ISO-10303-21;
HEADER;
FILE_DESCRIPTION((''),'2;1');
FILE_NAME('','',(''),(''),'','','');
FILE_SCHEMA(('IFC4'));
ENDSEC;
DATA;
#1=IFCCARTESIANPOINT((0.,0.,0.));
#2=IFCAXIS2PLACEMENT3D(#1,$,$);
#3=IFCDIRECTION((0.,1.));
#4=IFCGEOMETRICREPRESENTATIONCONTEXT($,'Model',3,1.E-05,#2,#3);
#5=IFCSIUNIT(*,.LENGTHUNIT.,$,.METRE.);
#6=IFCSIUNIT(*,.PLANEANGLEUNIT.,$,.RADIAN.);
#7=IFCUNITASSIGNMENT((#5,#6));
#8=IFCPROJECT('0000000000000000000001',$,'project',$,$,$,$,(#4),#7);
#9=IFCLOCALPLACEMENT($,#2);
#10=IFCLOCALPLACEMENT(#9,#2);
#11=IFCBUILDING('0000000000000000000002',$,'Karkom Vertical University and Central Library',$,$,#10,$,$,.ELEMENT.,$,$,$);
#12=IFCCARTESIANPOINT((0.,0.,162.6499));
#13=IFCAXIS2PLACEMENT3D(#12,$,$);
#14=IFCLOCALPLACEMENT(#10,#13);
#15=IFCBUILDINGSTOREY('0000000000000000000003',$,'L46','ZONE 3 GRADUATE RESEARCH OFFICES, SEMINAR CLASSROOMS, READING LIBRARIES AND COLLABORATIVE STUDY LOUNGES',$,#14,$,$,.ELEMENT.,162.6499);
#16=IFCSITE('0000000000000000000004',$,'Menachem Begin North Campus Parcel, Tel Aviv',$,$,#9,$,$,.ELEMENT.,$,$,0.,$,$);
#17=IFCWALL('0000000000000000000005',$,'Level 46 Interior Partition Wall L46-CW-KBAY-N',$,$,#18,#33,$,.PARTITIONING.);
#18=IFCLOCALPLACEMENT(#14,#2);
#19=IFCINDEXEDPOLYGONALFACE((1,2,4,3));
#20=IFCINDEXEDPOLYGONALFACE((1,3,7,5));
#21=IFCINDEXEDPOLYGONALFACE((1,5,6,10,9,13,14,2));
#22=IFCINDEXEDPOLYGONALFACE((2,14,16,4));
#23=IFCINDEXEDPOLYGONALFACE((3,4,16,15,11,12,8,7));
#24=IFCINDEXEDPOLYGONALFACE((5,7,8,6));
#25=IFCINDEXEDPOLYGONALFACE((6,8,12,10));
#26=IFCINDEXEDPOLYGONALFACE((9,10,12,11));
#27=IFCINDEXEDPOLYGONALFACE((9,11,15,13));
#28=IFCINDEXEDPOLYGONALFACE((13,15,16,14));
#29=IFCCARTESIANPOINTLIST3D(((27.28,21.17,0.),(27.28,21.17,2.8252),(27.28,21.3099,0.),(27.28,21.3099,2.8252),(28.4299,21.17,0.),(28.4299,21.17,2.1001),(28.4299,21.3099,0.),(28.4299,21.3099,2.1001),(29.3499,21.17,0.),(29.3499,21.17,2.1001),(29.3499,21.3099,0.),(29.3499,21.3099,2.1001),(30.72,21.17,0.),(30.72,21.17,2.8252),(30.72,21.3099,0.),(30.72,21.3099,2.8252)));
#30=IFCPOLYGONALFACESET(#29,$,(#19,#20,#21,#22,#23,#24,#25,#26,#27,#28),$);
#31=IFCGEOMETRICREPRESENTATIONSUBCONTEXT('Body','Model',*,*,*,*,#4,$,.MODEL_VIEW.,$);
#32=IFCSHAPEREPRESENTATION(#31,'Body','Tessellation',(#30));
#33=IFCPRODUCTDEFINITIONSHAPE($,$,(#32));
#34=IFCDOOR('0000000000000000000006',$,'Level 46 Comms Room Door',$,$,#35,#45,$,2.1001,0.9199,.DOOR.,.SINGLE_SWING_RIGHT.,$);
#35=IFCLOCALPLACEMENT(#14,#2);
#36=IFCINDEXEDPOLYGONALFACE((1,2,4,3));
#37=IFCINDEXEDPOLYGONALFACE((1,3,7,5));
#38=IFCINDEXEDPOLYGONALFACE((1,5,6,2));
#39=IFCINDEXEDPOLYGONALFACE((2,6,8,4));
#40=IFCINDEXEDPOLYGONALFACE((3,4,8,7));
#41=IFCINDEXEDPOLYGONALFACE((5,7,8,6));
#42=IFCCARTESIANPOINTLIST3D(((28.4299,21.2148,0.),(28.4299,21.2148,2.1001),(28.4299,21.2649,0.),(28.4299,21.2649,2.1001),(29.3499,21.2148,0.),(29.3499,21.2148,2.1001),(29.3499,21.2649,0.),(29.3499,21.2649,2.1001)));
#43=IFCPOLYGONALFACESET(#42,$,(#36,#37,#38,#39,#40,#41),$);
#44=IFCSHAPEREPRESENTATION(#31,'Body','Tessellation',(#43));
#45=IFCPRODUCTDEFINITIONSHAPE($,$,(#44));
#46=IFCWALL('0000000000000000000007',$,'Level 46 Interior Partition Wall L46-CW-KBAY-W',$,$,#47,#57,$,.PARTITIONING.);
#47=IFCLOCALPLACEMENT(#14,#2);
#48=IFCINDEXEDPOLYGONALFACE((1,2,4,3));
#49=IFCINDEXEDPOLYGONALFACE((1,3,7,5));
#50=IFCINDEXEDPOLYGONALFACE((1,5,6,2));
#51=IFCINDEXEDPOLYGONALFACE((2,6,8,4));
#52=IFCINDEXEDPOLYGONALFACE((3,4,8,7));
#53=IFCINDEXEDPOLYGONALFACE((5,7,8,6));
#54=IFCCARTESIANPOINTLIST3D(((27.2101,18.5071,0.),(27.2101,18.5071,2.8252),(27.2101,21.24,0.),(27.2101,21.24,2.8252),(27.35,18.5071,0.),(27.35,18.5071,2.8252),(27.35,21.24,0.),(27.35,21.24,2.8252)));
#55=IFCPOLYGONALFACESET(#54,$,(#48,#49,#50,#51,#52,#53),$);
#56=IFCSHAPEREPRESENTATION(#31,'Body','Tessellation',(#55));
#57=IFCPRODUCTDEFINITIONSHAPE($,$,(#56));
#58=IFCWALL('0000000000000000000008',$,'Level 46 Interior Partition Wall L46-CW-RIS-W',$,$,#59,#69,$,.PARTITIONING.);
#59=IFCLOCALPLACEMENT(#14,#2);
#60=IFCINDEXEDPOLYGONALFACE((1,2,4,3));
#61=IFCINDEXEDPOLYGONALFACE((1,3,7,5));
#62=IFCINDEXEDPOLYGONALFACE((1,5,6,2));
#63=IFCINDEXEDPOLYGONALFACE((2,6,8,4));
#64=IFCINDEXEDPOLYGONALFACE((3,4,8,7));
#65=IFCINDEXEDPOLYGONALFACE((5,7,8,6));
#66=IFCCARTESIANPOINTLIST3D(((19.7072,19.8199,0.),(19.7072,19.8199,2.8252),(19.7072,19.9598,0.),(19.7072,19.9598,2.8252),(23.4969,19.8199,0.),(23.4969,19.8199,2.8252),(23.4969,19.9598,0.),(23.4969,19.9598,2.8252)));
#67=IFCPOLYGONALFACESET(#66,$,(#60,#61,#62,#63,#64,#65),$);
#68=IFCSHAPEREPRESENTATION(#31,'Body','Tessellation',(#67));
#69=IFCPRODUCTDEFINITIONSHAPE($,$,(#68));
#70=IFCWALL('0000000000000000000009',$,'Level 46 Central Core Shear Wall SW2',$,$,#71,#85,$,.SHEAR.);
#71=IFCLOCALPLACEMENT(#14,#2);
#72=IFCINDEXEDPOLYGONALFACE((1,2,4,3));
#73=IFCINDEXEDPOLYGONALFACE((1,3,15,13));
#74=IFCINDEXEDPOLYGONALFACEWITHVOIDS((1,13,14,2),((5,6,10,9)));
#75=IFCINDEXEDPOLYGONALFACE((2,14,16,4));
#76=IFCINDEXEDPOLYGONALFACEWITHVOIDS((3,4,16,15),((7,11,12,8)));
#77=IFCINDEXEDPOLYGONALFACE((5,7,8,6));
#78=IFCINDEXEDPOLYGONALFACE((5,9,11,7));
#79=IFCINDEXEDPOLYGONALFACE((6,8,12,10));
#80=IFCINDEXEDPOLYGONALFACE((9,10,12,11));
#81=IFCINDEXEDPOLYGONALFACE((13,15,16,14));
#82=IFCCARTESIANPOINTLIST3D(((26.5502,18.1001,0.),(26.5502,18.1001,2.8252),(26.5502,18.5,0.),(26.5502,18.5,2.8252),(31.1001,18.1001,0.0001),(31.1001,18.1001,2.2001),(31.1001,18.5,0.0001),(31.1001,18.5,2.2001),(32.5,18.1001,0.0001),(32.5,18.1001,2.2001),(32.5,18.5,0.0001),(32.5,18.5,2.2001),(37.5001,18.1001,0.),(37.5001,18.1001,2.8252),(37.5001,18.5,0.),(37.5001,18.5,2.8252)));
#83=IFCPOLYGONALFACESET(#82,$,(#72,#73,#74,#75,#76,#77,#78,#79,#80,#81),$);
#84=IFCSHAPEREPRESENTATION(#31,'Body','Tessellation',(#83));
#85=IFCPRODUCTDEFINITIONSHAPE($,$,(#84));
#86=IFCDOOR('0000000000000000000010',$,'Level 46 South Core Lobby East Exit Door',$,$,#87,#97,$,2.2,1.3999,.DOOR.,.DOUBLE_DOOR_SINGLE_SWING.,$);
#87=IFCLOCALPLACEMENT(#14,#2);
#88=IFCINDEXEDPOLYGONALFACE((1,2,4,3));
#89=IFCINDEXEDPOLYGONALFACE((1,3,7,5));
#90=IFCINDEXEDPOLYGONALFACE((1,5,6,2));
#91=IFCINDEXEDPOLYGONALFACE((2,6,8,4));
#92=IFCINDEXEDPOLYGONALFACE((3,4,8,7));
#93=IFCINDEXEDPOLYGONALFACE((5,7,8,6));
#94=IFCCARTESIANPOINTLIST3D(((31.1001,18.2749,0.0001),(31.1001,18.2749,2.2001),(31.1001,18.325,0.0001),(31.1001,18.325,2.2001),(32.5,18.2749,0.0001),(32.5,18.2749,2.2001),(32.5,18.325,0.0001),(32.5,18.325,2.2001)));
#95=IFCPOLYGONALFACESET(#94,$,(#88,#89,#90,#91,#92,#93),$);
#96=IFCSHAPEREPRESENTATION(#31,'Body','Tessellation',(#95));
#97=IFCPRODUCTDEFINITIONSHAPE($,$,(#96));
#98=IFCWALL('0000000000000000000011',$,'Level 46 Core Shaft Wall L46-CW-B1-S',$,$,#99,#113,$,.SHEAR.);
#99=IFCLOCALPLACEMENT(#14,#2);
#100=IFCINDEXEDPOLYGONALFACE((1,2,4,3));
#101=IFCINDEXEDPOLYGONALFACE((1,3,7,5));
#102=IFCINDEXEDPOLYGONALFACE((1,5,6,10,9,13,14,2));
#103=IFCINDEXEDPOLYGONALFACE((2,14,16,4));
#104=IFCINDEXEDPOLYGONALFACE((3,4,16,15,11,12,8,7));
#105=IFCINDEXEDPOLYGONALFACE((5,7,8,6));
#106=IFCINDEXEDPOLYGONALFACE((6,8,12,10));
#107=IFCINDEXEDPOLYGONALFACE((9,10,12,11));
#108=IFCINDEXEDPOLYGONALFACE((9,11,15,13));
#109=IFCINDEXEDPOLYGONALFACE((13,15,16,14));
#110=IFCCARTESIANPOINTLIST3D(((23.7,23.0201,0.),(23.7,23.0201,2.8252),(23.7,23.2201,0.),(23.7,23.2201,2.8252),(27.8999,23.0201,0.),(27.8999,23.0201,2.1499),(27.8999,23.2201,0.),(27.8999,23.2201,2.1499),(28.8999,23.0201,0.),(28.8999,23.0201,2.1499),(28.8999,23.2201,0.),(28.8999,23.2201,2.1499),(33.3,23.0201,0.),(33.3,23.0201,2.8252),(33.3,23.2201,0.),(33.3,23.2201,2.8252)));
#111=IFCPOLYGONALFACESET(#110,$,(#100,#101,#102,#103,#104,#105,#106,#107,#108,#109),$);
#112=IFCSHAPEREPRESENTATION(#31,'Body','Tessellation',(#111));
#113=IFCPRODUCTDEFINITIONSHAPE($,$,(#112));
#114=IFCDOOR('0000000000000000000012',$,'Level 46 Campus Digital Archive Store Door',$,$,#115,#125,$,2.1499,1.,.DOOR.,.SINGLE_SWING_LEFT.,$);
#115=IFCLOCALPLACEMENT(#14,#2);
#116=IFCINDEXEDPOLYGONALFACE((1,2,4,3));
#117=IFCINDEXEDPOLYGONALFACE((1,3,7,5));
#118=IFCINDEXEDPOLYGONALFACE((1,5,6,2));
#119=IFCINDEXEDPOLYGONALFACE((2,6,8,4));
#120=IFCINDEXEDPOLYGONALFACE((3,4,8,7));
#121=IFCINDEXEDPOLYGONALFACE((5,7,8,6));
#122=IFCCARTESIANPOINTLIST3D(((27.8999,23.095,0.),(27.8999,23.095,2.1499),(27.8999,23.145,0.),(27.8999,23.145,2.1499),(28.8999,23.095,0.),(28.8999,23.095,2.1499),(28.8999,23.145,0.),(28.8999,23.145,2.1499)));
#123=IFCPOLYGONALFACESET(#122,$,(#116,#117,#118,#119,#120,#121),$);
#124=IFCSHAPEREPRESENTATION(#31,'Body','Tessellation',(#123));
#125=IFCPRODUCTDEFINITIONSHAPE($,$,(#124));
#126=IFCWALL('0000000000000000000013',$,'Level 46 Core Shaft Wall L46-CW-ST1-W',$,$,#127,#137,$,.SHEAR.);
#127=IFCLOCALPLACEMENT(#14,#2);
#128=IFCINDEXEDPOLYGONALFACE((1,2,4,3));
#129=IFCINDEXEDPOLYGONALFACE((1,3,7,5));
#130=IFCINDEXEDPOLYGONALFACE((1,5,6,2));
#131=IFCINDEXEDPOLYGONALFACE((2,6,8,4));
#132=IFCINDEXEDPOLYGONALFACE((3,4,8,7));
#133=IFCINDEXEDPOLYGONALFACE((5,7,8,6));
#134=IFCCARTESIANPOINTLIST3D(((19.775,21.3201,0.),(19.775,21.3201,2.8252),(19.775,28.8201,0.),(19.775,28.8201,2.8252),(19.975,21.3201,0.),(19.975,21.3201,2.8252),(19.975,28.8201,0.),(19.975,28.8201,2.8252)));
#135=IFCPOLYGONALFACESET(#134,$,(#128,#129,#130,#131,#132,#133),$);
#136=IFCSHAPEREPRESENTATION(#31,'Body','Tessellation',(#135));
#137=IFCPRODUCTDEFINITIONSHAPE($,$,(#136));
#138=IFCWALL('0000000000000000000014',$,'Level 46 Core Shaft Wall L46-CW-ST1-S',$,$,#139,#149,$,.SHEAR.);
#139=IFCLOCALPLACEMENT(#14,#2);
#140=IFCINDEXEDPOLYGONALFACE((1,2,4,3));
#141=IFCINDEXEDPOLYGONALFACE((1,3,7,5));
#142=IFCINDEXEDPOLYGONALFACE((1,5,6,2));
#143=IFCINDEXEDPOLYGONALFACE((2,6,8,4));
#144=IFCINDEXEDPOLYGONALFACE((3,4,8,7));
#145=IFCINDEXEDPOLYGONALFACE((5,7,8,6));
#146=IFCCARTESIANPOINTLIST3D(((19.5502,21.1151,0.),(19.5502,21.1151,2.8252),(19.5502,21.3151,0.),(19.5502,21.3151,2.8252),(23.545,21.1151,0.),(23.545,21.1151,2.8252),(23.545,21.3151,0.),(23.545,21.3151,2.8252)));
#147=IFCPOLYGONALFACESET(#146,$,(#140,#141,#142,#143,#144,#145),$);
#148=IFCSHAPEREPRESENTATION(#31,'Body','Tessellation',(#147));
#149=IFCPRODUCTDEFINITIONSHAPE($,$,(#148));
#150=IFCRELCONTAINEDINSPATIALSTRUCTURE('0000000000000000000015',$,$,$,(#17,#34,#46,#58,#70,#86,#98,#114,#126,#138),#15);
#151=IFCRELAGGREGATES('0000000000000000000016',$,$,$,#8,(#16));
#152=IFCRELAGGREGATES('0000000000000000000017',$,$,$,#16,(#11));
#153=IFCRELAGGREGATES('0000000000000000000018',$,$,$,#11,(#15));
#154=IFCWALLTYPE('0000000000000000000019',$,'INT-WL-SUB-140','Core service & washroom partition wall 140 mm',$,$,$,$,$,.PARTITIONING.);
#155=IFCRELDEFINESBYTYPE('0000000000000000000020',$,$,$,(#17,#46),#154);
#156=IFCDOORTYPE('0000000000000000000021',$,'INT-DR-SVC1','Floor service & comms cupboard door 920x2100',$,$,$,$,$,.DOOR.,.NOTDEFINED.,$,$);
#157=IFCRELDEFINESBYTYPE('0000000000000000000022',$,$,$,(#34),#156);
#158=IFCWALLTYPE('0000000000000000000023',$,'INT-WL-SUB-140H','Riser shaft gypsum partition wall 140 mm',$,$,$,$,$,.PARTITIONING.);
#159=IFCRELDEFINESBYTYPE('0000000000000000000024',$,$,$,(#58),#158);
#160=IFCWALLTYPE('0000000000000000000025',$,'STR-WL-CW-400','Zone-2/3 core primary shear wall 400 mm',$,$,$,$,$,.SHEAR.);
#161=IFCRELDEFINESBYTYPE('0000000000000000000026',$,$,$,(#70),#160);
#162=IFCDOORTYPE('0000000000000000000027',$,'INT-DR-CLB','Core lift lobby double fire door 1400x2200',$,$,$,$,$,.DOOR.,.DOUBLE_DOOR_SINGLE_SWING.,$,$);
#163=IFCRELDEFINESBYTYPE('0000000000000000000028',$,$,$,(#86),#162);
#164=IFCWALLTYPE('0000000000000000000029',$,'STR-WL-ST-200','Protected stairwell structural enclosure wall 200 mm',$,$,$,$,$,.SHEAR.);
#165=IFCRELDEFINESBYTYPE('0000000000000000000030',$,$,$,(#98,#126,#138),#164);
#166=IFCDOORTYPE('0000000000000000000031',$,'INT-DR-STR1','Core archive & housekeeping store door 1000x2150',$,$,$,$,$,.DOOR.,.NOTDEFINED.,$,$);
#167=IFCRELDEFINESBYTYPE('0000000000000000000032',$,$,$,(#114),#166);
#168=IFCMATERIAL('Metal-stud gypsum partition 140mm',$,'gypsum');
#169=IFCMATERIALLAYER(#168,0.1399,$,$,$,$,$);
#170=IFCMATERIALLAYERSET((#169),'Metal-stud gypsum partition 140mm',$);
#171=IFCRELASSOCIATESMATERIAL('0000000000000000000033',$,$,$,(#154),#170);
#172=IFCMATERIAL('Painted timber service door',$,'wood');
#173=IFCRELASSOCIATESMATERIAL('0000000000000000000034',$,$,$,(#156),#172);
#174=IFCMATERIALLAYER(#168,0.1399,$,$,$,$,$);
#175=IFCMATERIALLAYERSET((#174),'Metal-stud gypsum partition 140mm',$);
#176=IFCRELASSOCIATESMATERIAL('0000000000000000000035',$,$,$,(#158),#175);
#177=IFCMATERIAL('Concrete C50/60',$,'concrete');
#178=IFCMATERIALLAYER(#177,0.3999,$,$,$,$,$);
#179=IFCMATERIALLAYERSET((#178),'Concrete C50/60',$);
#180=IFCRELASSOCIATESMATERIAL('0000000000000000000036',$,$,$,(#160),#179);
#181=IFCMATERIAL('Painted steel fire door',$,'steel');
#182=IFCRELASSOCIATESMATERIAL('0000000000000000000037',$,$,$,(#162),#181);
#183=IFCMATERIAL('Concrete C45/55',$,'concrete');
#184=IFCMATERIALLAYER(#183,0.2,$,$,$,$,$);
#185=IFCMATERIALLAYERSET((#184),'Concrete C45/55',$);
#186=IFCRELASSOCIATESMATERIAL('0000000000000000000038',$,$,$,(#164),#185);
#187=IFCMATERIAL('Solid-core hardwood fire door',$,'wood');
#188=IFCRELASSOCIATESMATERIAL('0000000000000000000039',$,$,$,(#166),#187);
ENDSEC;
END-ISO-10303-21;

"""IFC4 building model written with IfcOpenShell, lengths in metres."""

from ifc_helpers import new_model, si_unit, direction, frame, frame_2d, origin, origin_with_axes, place, context, subcontext, project, spatial, rectangle, extrude, source, transform, mapped, material, layer, layer_set, type_object, element, fill, save


model = new_model("IFC4")

# Units and contexts
model_context = context("Model", 3, precision=1e-05, world=origin(), true_north=direction((0.0, 1.0)))
body_context = subcontext(model_context, "Body", "Model", "MODEL_VIEW")
ifc_project = project(units=[si_unit("LENGTHUNIT", "METRE"), si_unit("PLANEANGLEUNIT", "RADIAN")], contexts=[model_context])

# Site, building, storey
site_placement = place(None, origin())
site = spatial("IfcSite", under=ifc_project, at=site_placement, Name="Menachem Begin North Campus Parcel, Tel Aviv", CompositionType="ELEMENT", RefElevation=0.0)
building_placement = place(site_placement, origin())
building = spatial("IfcBuilding", under=site, at=building_placement, Name="Karkom Vertical University and Central Library", CompositionType="ELEMENT")
storey_placement = place(building_placement, frame((0.0, 0.0, 162.6499)))
storey = spatial("IfcBuildingStorey", under=building, at=storey_placement, Name="L46", Description="ZONE 3 GRADUATE RESEARCH OFFICES, SEMINAR CLASSROOMS, READING LIBRARIES AND COLLABORATIVE STUDY LOUNGES", CompositionType="ELEMENT", Elevation=162.6499)

# Shared definitions
ifc_material_1 = material(Name="Concrete C50/60", Category="concrete")

# Wall, opening, door
ifc_material_2 = material(Name="Metal-stud gypsum partition 140mm", Category="gypsum")
ifc_layer_1 = layer(ifc_material_2, 0.1399)
ifc_layer_set_1 = layer_set([ifc_layer_1], Name="Metal-stud gypsum partition 140mm")
wall_type_1 = type_object("IfcWallType", Name="INT-WL-SUB-140", Description="Core service & washroom partition wall 140 mm", PredefinedType="PARTITIONING", material=ifc_layer_set_1)
wall_1_placement = place(storey_placement, frame((27.28, 21.24, 0.0), z_axis=(0.0, 0.0, 1.0), x_axis=(1.0, 0.0, 0.0)))
wall_1 = element("IfcWall", 1, at=wall_1_placement, inside=storey, type_object=wall_type_1, Name="Level 46 Interior Partition Wall L46-CW-KBAY-N", PredefinedType="PARTITIONING", context=body_context, shape_type="SweptSolid", body=[
    extrude(rectangle(XDim=3.4399, YDim=0.1399, at=frame_2d((1.72, 0.0))), origin(), (0.0, 0.0, 1.0), 2.8252),
])
opening_1_placement = place(wall_1_placement, frame((1.1499, 0.0, 0.0)))
opening_1 = element("IfcOpeningElement", 2, at=opening_1_placement, cuts=wall_1, PredefinedType="OPENING", context=body_context, shape_type="SweptSolid", body=[
    extrude(rectangle(XDim=0.9199, YDim=2.1001, at=frame_2d((0.46, 1.05))), frame((0.0, 0.0801, 0.0), z_axis=(0.0, -1.0, 0.0), x_axis=(1.0, 0.0, 0.0)), (0.0, 0.0, 1.0), 0.1599),
])
ifc_material_3 = material(Name="Painted timber service door", Category="wood")
door_type_1 = type_object("IfcDoorType", Name="INT-DR-SVC1", Description="Floor service & comms cupboard door 920x2100", OperationType="NOTDEFINED", PredefinedType="DOOR", material=ifc_material_3)
shared_shape_1 = source(origin_with_axes(), body_context, "Body", "SweptSolid", [
    extrude(rectangle(XDim=0.9199, YDim=2.1001, at=frame_2d((0.46, 1.05))), frame((0.0, 0.0249, 0.0), z_axis=(0.0, -1.0, 0.0), x_axis=(1.0, 0.0, 0.0)), (0.0, 0.0, 1.0), 0.05),
])
door_1_placement = place(opening_1_placement, origin())
door_1 = element("IfcDoor", 3, at=door_1_placement, inside=storey, type_object=door_type_1, Name="Level 46 Comms Room Door", OperationType="SINGLE_SWING_RIGHT", OverallHeight=2.1001, OverallWidth=0.9199, PredefinedType="DOOR", context=body_context, shape_type="MappedRepresentation", body=[
    mapped(shared_shape_1, transform((0.0, 0.0, 0.0), scale=1.0)),
])
fill(opening_1, door_1)

# Walls
wall_2_placement = place(storey_placement, frame((27.28, 18.5071, 0.0), z_axis=(0.0, 0.0, 1.0), x_axis=(0.0, 1.0, 0.0)))
element("IfcWall", 4, at=wall_2_placement, inside=storey, type_object=wall_type_1, Name="Level 46 Interior Partition Wall L46-CW-KBAY-W", PredefinedType="PARTITIONING", context=body_context, shape_type="SweptSolid", body=[
    extrude(rectangle(XDim=2.7329, YDim=0.1399, at=frame_2d((1.3665, 0.0))), origin(), (0.0, 0.0, 1.0), 2.8252),
])
ifc_layer_2 = layer(ifc_material_2, 0.1399)
ifc_layer_set_2 = layer_set([ifc_layer_2], Name="Metal-stud gypsum partition 140mm")
wall_type_2 = type_object("IfcWallType", Name="INT-WL-SUB-140H", Description="Riser shaft gypsum partition wall 140 mm", PredefinedType="PARTITIONING", material=ifc_layer_set_2)
wall_3_placement = place(storey_placement, frame((19.707, 19.8899, 0.0), z_axis=(0.0, 0.0, 1.0), x_axis=(1.0, 0.0, 0.0)))
element("IfcWall", 5, at=wall_3_placement, inside=storey, type_object=wall_type_2, Name="Level 46 Interior Partition Wall L46-CW-RIS-W", PredefinedType="PARTITIONING", context=body_context, shape_type="SweptSolid", body=[
    extrude(rectangle(XDim=3.7898, YDim=0.1399, at=frame_2d((1.895, 0.0))), origin(), (0.0, 0.0, 1.0), 2.8252),
])

# Wall, opening, door
ifc_layer_3 = layer(ifc_material_1, 0.3999)
ifc_layer_set_3 = layer_set([ifc_layer_3], Name="Concrete C50/60")
wall_type_3 = type_object("IfcWallType", Name="STR-WL-CW-400", Description="Zone-2/3 core primary shear wall 400 mm", PredefinedType="SHEAR", material=ifc_layer_set_3)
wall_4_placement = place(storey_placement, frame((26.55, 18.3, 0.0), z_axis=(0.0, 0.0, 1.0), x_axis=(1.0, 0.0, 0.0)))
wall_4 = element("IfcWall", 6, at=wall_4_placement, inside=storey, type_object=wall_type_3, Name="Level 46 Central Core Shear Wall SW2", PredefinedType="SHEAR", context=body_context, shape_type="SweptSolid", body=[
    extrude(rectangle(XDim=10.95, YDim=0.3999, at=frame_2d((5.4751, 0.0))), origin(), (0.0, 0.0, 1.0), 2.8252),
])
opening_2_placement = place(wall_4_placement, frame((4.55, 0.0, 0.0)))
opening_2 = element("IfcOpeningElement", 7, at=opening_2_placement, cuts=wall_4, PredefinedType="OPENING", context=body_context, shape_type="SweptSolid", body=[
    extrude(rectangle(XDim=1.3999, YDim=2.2, at=frame_2d((0.7, 1.1001))), frame((0.0, 0.21, 0.0), z_axis=(0.0, -1.0, 0.0), x_axis=(1.0, 0.0, 0.0)), (0.0, 0.0, 1.0), 0.4199),
])
ifc_material_4 = material(Name="Painted steel fire door", Category="steel")
door_type_2 = type_object("IfcDoorType", Name="INT-DR-CLB", Description="Core lift lobby double fire door 1400x2200", OperationType="DOUBLE_DOOR_SINGLE_SWING", PredefinedType="DOOR", material=ifc_material_4)
shared_shape_2 = source(origin_with_axes(), body_context, "Body", "SweptSolid", [
    extrude(rectangle(XDim=1.3999, YDim=2.2, at=frame_2d((0.7, 1.1001))), frame((0.0, 0.0249, 0.0), z_axis=(0.0, -1.0, 0.0), x_axis=(1.0, 0.0, 0.0)), (0.0, 0.0, 1.0), 0.05),
])
door_2_placement = place(opening_2_placement, origin())
door_2 = element("IfcDoor", 8, at=door_2_placement, inside=storey, type_object=door_type_2, Name="Level 46 South Core Lobby East Exit Door", OperationType="DOUBLE_DOOR_SINGLE_SWING", OverallHeight=2.2, OverallWidth=1.3999, PredefinedType="DOOR", context=body_context, shape_type="MappedRepresentation", body=[
    mapped(shared_shape_2, transform((0.0, 0.0, 0.0), scale=1.0)),
])
fill(opening_2, door_2)

# Shared definitions
ifc_material_5 = material(Name="Concrete C45/55", Category="concrete")
ifc_layer_4 = layer(ifc_material_5, 0.2)
ifc_layer_set_4 = layer_set([ifc_layer_4], Name="Concrete C45/55")
wall_type_4 = type_object("IfcWallType", Name="STR-WL-ST-200", Description="Protected stairwell structural enclosure wall 200 mm", PredefinedType="SHEAR", material=ifc_layer_set_4)

# Wall, opening, door
wall_5_placement = place(storey_placement, frame((23.7, 23.1201, 0.0), z_axis=(0.0, 0.0, 1.0), x_axis=(1.0, 0.0, 0.0)))
wall_5 = element("IfcWall", 9, at=wall_5_placement, inside=storey, type_object=wall_type_4, Name="Level 46 Core Shaft Wall L46-CW-B1-S", PredefinedType="SHEAR", context=body_context, shape_type="SweptSolid", body=[
    extrude(rectangle(XDim=9.6001, YDim=0.2, at=frame_2d((4.8, 0.0))), origin(), (0.0, 0.0, 1.0), 2.8252),
])
opening_3_placement = place(wall_5_placement, frame((4.2, 0.0, 0.0)))
opening_3 = element("IfcOpeningElement", 10, at=opening_3_placement, cuts=wall_5, PredefinedType="OPENING", context=body_context, shape_type="SweptSolid", body=[
    extrude(rectangle(XDim=1.0, YDim=2.1499, at=frame_2d((0.5, 1.075))), frame((0.0, 0.1099, 0.0), z_axis=(0.0, -1.0, 0.0), x_axis=(1.0, 0.0, 0.0)), (0.0, 0.0, 1.0), 0.22),
])
ifc_material_6 = material(Name="Solid-core hardwood fire door", Category="wood")
door_type_3 = type_object("IfcDoorType", Name="INT-DR-STR1", Description="Core archive & housekeeping store door 1000x2150", OperationType="NOTDEFINED", PredefinedType="DOOR", material=ifc_material_6)
shared_shape_3 = source(origin_with_axes(), body_context, "Body", "SweptSolid", [
    extrude(rectangle(XDim=1.0, YDim=2.1499, at=frame_2d((0.5, 1.075))), frame((0.0, 0.0249, 0.0), z_axis=(0.0, -1.0, 0.0), x_axis=(1.0, 0.0, 0.0)), (0.0, 0.0, 1.0), 0.05),
])
door_3_placement = place(opening_3_placement, origin())
door_3 = element("IfcDoor", 11, at=door_3_placement, inside=storey, type_object=door_type_3, Name="Level 46 Campus Digital Archive Store Door", OperationType="SINGLE_SWING_LEFT", OverallHeight=2.1499, OverallWidth=1.0, PredefinedType="DOOR", context=body_context, shape_type="MappedRepresentation", body=[
    mapped(shared_shape_3, transform((0.0, 0.0, 0.0), scale=1.0)),
])
fill(opening_3, door_3)

# Walls
wall_6_placement = place(storey_placement, frame((19.875, 21.3201, 0.0), z_axis=(0.0, 0.0, 1.0), x_axis=(0.0, 1.0, 0.0)))
element("IfcWall", 12, at=wall_6_placement, inside=storey, type_object=wall_type_4, Name="Level 46 Core Shaft Wall L46-CW-ST1-W", PredefinedType="SHEAR", context=body_context, shape_type="SweptSolid", body=[
    extrude(rectangle(XDim=7.5, YDim=0.2, at=frame_2d((3.75, 0.0))), origin(), (0.0, 0.0, 1.0), 2.8252),
])
wall_7_placement = place(storey_placement, frame((19.55, 21.2151, 0.0), z_axis=(0.0, 0.0, 1.0), x_axis=(1.0, 0.0, 0.0)))
element("IfcWall", 13, at=wall_7_placement, inside=storey, type_object=wall_type_4, Name="Level 46 Core Shaft Wall L46-CW-ST1-S", PredefinedType="SHEAR", context=body_context, shape_type="SweptSolid", body=[
    extrude(rectangle(XDim=3.9949, YDim=0.2, at=frame_2d((1.9976, 0.0))), origin(), (0.0, 0.0, 1.0), 2.8252),
])

save(model, "model.ifc")
